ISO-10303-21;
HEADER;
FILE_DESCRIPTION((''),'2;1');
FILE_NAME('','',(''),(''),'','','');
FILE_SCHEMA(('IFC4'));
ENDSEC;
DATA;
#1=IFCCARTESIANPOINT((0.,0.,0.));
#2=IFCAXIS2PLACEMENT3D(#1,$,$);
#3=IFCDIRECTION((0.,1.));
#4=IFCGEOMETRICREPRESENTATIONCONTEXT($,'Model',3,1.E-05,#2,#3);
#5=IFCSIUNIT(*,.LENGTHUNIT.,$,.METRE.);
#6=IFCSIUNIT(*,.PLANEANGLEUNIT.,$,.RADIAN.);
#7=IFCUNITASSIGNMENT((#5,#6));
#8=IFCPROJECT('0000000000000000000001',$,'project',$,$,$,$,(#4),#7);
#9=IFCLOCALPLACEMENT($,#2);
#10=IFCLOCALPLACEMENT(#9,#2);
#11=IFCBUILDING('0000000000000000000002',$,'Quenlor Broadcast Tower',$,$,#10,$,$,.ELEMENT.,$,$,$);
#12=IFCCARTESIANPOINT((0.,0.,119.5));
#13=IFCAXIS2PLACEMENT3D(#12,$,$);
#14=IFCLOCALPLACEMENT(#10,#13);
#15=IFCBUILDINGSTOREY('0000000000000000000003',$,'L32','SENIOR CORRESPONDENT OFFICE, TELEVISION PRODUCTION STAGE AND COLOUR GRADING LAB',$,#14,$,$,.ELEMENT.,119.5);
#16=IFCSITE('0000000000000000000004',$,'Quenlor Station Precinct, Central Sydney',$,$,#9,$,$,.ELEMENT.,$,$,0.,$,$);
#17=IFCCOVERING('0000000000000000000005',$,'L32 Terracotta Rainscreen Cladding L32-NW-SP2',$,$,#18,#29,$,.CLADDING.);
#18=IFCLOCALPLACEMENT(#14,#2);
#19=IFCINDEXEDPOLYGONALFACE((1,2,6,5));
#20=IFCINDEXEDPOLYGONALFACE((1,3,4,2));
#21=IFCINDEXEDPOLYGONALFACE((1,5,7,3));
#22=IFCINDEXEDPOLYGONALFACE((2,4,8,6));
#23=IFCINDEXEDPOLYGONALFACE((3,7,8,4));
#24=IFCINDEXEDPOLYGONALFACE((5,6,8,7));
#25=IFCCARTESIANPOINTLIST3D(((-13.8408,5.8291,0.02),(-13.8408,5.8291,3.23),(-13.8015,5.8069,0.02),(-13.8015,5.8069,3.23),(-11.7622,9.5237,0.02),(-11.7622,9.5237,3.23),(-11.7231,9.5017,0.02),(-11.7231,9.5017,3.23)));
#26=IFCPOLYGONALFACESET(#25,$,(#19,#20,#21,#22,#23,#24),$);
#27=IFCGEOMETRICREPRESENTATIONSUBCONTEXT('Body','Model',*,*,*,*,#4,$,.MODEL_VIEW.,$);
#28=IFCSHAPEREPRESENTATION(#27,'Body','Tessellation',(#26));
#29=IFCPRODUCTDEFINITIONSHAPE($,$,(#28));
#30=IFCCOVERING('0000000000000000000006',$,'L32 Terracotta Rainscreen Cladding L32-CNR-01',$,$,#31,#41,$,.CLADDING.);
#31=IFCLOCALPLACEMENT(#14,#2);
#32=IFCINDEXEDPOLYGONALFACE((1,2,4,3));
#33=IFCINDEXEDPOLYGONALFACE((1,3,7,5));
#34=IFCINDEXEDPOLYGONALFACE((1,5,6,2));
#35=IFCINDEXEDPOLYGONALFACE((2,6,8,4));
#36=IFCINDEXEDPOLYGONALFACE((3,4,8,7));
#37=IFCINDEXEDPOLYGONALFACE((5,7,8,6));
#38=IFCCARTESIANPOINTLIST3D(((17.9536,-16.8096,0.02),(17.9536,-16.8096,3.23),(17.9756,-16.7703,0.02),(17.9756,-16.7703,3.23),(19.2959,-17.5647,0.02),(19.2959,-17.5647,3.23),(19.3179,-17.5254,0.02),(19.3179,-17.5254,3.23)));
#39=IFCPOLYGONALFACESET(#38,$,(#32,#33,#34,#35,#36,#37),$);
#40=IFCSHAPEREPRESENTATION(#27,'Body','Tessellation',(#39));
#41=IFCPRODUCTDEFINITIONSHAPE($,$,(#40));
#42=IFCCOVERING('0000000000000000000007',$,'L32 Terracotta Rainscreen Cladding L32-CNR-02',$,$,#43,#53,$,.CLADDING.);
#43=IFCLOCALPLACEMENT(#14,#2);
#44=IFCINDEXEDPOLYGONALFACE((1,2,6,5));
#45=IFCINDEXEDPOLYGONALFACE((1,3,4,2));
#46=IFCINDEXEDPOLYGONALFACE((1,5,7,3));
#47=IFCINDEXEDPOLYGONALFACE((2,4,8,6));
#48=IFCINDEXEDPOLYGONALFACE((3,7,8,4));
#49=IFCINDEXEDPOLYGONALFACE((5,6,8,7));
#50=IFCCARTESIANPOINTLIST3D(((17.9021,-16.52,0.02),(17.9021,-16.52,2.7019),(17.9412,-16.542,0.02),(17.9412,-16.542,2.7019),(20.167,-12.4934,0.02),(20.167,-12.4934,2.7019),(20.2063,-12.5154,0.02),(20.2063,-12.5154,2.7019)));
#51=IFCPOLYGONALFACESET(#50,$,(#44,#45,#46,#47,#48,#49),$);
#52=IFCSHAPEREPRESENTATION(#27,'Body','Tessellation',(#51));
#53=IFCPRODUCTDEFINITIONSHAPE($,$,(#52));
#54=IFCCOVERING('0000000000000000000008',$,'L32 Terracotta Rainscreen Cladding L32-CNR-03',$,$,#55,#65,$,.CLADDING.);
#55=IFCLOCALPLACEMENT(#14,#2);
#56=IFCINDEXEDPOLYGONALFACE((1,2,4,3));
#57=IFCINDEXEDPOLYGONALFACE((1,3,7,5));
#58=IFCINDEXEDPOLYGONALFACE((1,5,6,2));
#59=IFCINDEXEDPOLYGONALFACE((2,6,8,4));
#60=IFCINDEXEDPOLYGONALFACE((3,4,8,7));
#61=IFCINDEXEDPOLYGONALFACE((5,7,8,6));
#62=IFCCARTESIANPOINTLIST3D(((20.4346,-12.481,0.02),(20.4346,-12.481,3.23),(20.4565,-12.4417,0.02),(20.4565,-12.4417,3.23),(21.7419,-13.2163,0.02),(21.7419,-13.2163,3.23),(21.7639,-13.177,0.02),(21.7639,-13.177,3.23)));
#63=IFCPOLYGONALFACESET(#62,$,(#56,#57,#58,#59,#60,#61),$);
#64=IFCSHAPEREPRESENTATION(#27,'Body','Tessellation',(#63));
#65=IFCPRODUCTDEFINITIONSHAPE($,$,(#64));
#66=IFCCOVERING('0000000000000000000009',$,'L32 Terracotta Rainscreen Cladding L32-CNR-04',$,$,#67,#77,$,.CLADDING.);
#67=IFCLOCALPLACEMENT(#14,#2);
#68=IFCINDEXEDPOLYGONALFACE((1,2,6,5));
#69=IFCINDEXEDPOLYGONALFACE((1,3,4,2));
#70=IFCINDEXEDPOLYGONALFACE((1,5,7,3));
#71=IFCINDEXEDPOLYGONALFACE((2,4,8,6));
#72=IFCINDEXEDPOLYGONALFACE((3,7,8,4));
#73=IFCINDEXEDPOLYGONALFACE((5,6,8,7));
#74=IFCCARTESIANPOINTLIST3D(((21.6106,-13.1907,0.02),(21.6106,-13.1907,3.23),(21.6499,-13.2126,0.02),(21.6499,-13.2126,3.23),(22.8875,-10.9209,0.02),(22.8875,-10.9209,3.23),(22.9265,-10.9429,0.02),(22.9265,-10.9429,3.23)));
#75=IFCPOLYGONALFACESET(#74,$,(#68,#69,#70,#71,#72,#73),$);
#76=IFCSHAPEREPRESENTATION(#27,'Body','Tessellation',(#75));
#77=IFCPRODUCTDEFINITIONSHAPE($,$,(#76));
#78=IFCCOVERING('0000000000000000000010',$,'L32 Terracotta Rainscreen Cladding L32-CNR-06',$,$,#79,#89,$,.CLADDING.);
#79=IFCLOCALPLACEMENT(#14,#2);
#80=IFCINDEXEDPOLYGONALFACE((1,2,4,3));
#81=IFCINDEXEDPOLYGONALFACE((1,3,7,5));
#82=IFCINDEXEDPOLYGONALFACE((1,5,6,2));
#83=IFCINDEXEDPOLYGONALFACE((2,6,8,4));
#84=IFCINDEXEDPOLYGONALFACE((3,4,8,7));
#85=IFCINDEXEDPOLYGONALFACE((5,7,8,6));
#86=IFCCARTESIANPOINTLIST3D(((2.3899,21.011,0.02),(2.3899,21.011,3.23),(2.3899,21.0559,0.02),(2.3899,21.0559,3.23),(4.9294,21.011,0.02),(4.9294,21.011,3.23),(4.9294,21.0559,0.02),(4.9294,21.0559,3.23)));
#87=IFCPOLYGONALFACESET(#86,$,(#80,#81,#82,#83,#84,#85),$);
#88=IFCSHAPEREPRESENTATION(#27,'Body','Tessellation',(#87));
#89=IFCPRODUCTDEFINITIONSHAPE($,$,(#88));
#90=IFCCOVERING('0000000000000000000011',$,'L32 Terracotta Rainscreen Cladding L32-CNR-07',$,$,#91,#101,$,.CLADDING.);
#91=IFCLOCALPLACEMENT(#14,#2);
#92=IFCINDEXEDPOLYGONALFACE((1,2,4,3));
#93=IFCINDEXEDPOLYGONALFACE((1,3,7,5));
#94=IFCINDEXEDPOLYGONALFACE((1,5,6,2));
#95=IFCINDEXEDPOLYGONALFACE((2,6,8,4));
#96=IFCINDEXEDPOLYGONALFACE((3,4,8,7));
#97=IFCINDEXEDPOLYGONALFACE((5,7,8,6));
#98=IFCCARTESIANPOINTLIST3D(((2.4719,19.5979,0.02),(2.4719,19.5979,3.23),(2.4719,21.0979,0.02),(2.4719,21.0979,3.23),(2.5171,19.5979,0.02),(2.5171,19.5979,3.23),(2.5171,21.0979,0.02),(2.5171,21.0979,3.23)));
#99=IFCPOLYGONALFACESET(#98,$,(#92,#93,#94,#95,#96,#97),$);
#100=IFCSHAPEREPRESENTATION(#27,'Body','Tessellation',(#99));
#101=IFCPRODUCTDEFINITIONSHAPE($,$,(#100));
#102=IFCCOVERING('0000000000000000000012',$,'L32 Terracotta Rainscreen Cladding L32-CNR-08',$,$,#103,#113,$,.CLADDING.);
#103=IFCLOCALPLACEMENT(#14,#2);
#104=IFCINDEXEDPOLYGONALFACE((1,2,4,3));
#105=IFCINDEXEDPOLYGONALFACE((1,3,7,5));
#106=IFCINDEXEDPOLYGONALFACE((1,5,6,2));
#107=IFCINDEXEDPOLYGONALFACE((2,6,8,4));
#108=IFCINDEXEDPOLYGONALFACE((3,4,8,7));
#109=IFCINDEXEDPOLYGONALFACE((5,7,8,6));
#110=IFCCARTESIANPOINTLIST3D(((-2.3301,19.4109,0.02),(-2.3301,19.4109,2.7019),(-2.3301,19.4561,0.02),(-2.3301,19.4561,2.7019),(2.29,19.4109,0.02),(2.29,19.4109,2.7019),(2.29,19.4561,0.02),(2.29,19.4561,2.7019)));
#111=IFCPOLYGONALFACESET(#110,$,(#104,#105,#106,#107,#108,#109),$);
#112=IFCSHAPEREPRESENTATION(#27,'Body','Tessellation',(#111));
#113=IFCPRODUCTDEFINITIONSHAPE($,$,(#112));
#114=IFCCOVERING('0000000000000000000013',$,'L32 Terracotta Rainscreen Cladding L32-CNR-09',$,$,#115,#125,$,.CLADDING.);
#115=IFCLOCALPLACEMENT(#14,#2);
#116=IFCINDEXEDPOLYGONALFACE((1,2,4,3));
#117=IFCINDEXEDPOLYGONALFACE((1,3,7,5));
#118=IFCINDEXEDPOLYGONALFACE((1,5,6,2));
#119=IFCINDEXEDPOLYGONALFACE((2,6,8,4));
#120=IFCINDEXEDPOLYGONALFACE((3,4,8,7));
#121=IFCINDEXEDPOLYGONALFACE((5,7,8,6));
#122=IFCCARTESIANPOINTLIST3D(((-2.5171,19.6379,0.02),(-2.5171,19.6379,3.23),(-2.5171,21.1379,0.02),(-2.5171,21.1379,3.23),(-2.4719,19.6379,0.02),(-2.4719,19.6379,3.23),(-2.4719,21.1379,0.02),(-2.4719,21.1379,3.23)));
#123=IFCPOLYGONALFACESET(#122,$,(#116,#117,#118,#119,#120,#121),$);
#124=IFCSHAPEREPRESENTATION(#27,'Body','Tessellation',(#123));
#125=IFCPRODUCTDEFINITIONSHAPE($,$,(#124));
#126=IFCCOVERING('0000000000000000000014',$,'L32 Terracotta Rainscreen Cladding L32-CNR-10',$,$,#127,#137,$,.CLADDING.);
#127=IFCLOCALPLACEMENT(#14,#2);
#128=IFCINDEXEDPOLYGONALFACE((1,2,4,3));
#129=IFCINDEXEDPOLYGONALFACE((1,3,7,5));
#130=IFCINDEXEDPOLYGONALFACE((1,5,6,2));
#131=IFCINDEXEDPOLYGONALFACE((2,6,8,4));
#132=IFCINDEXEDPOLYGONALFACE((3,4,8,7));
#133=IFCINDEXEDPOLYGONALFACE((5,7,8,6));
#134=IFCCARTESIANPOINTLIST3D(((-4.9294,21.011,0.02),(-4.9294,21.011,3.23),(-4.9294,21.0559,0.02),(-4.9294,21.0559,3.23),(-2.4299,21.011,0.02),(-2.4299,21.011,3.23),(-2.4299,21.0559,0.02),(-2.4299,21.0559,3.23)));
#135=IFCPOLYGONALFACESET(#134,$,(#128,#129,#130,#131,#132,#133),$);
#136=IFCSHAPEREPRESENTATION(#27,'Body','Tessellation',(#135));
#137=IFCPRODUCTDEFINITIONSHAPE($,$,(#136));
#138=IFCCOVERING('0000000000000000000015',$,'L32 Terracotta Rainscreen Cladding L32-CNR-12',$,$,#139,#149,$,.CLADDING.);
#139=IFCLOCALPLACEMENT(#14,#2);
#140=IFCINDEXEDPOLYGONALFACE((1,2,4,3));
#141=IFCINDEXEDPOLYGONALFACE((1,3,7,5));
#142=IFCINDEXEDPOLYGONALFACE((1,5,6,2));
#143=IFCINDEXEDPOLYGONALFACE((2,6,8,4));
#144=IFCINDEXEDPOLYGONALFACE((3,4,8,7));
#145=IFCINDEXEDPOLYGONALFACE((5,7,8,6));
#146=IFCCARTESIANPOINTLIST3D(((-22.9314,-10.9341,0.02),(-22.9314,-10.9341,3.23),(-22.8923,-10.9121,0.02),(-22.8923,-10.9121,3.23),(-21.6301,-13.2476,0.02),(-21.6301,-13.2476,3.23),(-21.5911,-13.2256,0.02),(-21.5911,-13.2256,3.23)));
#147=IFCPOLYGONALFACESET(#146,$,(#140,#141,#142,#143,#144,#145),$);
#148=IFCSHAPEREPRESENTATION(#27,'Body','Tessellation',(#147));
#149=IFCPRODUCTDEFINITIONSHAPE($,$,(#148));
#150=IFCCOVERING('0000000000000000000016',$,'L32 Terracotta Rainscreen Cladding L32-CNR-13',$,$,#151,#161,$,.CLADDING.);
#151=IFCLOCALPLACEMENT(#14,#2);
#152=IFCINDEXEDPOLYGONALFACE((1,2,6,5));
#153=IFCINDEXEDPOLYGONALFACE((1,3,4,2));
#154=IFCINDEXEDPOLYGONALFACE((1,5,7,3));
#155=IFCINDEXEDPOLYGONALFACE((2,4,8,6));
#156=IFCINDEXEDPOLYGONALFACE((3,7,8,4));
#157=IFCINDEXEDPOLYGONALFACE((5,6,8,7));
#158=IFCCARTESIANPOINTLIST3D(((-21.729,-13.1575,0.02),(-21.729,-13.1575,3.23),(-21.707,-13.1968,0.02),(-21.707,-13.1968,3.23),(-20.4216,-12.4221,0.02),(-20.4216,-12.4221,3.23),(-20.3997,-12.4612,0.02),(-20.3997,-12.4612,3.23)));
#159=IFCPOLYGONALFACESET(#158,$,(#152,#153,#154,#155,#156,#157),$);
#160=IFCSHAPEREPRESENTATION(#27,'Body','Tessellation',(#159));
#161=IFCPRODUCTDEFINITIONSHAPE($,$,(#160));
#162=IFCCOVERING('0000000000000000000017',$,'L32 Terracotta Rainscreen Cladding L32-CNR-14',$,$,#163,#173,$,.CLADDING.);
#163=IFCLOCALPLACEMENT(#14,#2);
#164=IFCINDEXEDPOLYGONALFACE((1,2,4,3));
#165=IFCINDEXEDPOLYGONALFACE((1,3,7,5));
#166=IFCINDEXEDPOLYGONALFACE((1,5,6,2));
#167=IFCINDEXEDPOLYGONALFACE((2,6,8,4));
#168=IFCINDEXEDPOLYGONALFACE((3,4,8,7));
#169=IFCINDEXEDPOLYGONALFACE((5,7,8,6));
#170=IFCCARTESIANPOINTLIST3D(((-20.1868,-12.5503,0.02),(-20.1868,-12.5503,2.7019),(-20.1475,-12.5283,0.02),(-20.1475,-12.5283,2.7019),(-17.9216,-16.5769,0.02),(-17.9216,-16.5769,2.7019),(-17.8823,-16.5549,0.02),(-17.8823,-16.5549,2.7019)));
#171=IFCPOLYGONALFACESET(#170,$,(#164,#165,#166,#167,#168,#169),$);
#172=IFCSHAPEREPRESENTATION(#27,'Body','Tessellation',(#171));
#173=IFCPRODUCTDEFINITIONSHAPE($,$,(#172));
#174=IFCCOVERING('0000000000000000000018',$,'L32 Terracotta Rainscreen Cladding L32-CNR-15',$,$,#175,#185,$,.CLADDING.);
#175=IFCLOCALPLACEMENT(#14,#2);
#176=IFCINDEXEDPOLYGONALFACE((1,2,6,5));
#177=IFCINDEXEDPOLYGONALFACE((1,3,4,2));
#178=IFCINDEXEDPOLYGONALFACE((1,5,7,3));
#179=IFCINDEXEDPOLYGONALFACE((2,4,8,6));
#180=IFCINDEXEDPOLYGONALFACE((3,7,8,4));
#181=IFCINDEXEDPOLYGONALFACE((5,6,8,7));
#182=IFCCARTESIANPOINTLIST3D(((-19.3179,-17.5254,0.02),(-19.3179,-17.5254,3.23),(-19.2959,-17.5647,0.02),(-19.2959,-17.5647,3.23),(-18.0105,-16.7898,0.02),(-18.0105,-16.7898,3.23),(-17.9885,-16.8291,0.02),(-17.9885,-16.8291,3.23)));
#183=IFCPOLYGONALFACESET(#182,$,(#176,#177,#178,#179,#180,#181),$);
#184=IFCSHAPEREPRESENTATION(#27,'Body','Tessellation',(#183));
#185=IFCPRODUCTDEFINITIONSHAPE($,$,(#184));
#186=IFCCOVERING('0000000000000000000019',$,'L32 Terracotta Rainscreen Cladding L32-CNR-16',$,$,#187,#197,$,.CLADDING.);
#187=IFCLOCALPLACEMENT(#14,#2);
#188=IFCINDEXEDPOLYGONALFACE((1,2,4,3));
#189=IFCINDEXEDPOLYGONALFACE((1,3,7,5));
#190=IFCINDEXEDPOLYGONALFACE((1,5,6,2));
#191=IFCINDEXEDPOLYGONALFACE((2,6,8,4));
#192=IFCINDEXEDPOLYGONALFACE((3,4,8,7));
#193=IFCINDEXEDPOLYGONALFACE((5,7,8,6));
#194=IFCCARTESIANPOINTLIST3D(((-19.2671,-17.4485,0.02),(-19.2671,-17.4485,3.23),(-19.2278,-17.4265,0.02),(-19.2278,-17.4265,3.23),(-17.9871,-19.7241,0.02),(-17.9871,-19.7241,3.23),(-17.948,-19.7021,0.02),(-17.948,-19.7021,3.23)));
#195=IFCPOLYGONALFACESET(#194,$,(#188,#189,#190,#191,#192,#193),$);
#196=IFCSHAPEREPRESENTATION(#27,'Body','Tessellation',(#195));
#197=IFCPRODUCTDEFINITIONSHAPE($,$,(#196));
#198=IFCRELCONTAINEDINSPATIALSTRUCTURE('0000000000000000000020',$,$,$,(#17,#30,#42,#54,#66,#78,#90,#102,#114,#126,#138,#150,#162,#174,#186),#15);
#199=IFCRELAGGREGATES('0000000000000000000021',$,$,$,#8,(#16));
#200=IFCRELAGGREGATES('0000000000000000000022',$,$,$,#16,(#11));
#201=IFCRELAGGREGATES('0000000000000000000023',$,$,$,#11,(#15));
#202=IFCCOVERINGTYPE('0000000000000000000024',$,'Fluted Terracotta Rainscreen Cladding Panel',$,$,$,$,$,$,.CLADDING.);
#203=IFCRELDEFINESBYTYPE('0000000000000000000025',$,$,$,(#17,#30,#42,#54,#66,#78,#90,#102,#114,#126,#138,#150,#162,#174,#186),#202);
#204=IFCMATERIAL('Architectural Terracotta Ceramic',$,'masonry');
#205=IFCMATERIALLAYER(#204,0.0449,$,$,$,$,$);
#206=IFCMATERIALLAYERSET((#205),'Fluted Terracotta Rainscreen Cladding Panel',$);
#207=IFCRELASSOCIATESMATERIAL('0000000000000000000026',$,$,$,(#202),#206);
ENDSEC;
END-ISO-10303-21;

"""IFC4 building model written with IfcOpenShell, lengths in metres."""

from ifc_helpers import new_model, si_unit, direction, frame, origin, place, context, subcontext, project, spatial, polyline, outline, extrude, material, layer, layer_set, type_object, element, save


model = new_model("IFC4")

# Units and contexts
model_context = context("Model", 3, precision=1e-05, world=origin(), true_north=direction((0.0, 1.0)))
body_context = subcontext(model_context, "Body", "Model", "MODEL_VIEW")
ifc_project = project(units=[si_unit("LENGTHUNIT", "METRE"), si_unit("PLANEANGLEUNIT", "RADIAN")], contexts=[model_context])

# Site, building, storey
site_placement = place(None, origin())
site = spatial("IfcSite", under=ifc_project, at=site_placement, Name="Quenlor Station Precinct, Central Sydney", CompositionType="ELEMENT", RefElevation=0.0)
building_placement = place(site_placement, origin())
building = spatial("IfcBuilding", under=site, at=building_placement, Name="Quenlor Broadcast Tower", CompositionType="ELEMENT")
storey_placement = place(building_placement, frame((0.0, 0.0, 119.5)))
storey = spatial("IfcBuildingStorey", under=building, at=storey_placement, Name="L32", Description="SENIOR CORRESPONDENT OFFICE, TELEVISION PRODUCTION STAGE AND COLOUR GRADING LAB", CompositionType="ELEMENT", Elevation=119.5)

# Coverings
ifc_material_1 = material(Name="Architectural Terracotta Ceramic", Category="masonry")
ifc_layer_1 = layer(ifc_material_1, 0.0449)
ifc_layer_set_1 = layer_set([ifc_layer_1], Name="Fluted Terracotta Rainscreen Cladding Panel")
covering_type_1 = type_object("IfcCoveringType", Name="Fluted Terracotta Rainscreen Cladding Panel", PredefinedType="CLADDING", material=ifc_layer_set_1)
covering_1_placement = place(storey_placement, frame((0.0, 0.0, 0.02)))
element("IfcCovering", 1, at=covering_1_placement, inside=storey, type_object=covering_type_1, Name="L32 Terracotta Rainscreen Cladding L32-NW-SP2", PredefinedType="CLADDING", context=body_context, shape_type="SweptSolid", body=[
    extrude(outline(polyline([(-13.8015, 5.8069), (-11.7231, 9.5017), (-11.7622, 9.5237), (-13.8408, 5.8291), (-13.8015, 5.8069)])), origin(), (0.0, 0.0, 1.0), 3.21),
])
covering_2_placement = place(storey_placement, frame((0.0, 0.0, 0.02)))
element("IfcCovering", 2, at=covering_2_placement, inside=storey, type_object=covering_type_1, Name="L32 Terracotta Rainscreen Cladding L32-CNR-01", PredefinedType="CLADDING", context=body_context, shape_type="SweptSolid", body=[
    extrude(outline(polyline([(19.3179, -17.5254), (17.9756, -16.7703), (17.9536, -16.8096), (19.2959, -17.5647), (19.3179, -17.5254)])), origin(), (0.0, 0.0, 1.0), 3.21),
])
covering_3_placement = place(storey_placement, frame((0.0, 0.0, 0.02)))
element("IfcCovering", 3, at=covering_3_placement, inside=storey, type_object=covering_type_1, Name="L32 Terracotta Rainscreen Cladding L32-CNR-02", PredefinedType="CLADDING", context=body_context, shape_type="SweptSolid", body=[
    extrude(outline(polyline([(17.9412, -16.542), (20.2063, -12.5154), (20.167, -12.4934), (17.9021, -16.52), (17.9412, -16.542)])), origin(), (0.0, 0.0, 1.0), 2.6819),
])
covering_4_placement = place(storey_placement, frame((0.0, 0.0, 0.02)))
element("IfcCovering", 4, at=covering_4_placement, inside=storey, type_object=covering_type_1, Name="L32 Terracotta Rainscreen Cladding L32-CNR-03", PredefinedType="CLADDING", context=body_context, shape_type="SweptSolid", body=[
    extrude(outline(polyline([(20.4346, -12.481), (21.7419, -13.2163), (21.7639, -13.177), (20.4565, -12.4417), (20.4346, -12.481)])), origin(), (0.0, 0.0, 1.0), 3.21),
])
covering_5_placement = place(storey_placement, frame((0.0, 0.0, 0.02)))
element("IfcCovering", 5, at=covering_5_placement, inside=storey, type_object=covering_type_1, Name="L32 Terracotta Rainscreen Cladding L32-CNR-04", PredefinedType="CLADDING", context=body_context, shape_type="SweptSolid", body=[
    extrude(outline(polyline([(21.6499, -13.2126), (22.9265, -10.9429), (22.8875, -10.9209), (21.6106, -13.1907), (21.6499, -13.2126)])), origin(), (0.0, 0.0, 1.0), 3.21),
])
covering_6_placement = place(storey_placement, frame((0.0, 0.0, 0.02)))
element("IfcCovering", 6, at=covering_6_placement, inside=storey, type_object=covering_type_1, Name="L32 Terracotta Rainscreen Cladding L32-CNR-06", PredefinedType="CLADDING", context=body_context, shape_type="SweptSolid", body=[
    extrude(outline(polyline([(4.9294, 21.0559), (2.3899, 21.0559), (2.3899, 21.011), (4.9294, 21.011), (4.9294, 21.0559)])), origin(), (0.0, 0.0, 1.0), 3.21),
])
covering_7_placement = place(storey_placement, frame((0.0, 0.0, 0.02)))
element("IfcCovering", 7, at=covering_7_placement, inside=storey, type_object=covering_type_1, Name="L32 Terracotta Rainscreen Cladding L32-CNR-07", PredefinedType="CLADDING", context=body_context, shape_type="SweptSolid", body=[
    extrude(outline(polyline([(2.4719, 21.0979), (2.4719, 19.5979), (2.5171, 19.5979), (2.5171, 21.0979), (2.4719, 21.0979)])), origin(), (0.0, 0.0, 1.0), 3.21),
])
covering_8_placement = place(storey_placement, frame((0.0, 0.0, 0.02)))
element("IfcCovering", 8, at=covering_8_placement, inside=storey, type_object=covering_type_1, Name="L32 Terracotta Rainscreen Cladding L32-CNR-08", PredefinedType="CLADDING", context=body_context, shape_type="SweptSolid", body=[
    extrude(outline(polyline([(2.29, 19.4561), (-2.3301, 19.4561), (-2.3301, 19.4109), (2.29, 19.4109), (2.29, 19.4561)])), origin(), (0.0, 0.0, 1.0), 2.6819),
])
covering_9_placement = place(storey_placement, frame((0.0, 0.0, 0.02)))
element("IfcCovering", 9, at=covering_9_placement, inside=storey, type_object=covering_type_1, Name="L32 Terracotta Rainscreen Cladding L32-CNR-09", PredefinedType="CLADDING", context=body_context, shape_type="SweptSolid", body=[
    extrude(outline(polyline([(-2.4719, 19.6379), (-2.4719, 21.1379), (-2.5171, 21.1379), (-2.5171, 19.6379), (-2.4719, 19.6379)])), origin(), (0.0, 0.0, 1.0), 3.21),
])
covering_10_placement = place(storey_placement, frame((0.0, 0.0, 0.02)))
element("IfcCovering", 10, at=covering_10_placement, inside=storey, type_object=covering_type_1, Name="L32 Terracotta Rainscreen Cladding L32-CNR-10", PredefinedType="CLADDING", context=body_context, shape_type="SweptSolid", body=[
    extrude(outline(polyline([(-2.4299, 21.0559), (-4.9294, 21.0559), (-4.9294, 21.011), (-2.4299, 21.011), (-2.4299, 21.0559)])), origin(), (0.0, 0.0, 1.0), 3.21),
])
covering_11_placement = place(storey_placement, frame((0.0, 0.0, 0.02)))
element("IfcCovering", 11, at=covering_11_placement, inside=storey, type_object=covering_type_1, Name="L32 Terracotta Rainscreen Cladding L32-CNR-12", PredefinedType="CLADDING", context=body_context, shape_type="SweptSolid", body=[
    extrude(outline(polyline([(-22.9314, -10.9341), (-21.6301, -13.2476), (-21.5911, -13.2256), (-22.8923, -10.9121), (-22.9314, -10.9341)])), origin(), (0.0, 0.0, 1.0), 3.21),
])
covering_12_placement = place(storey_placement, frame((0.0, 0.0, 0.02)))
element("IfcCovering", 12, at=covering_12_placement, inside=storey, type_object=covering_type_1, Name="L32 Terracotta Rainscreen Cladding L32-CNR-13", PredefinedType="CLADDING", context=body_context, shape_type="SweptSolid", body=[
    extrude(outline(polyline([(-21.707, -13.1968), (-20.3997, -12.4612), (-20.4216, -12.4221), (-21.729, -13.1575), (-21.707, -13.1968)])), origin(), (0.0, 0.0, 1.0), 3.21),
])
covering_13_placement = place(storey_placement, frame((0.0, 0.0, 0.02)))
element("IfcCovering", 13, at=covering_13_placement, inside=storey, type_object=covering_type_1, Name="L32 Terracotta Rainscreen Cladding L32-CNR-14", PredefinedType="CLADDING", context=body_context, shape_type="SweptSolid", body=[
    extrude(outline(polyline([(-20.1868, -12.5503), (-17.9216, -16.5769), (-17.8823, -16.5549), (-20.1475, -12.5283), (-20.1868, -12.5503)])), origin(), (0.0, 0.0, 1.0), 2.6819),
])
covering_14_placement = place(storey_placement, frame((0.0, 0.0, 0.02)))
element("IfcCovering", 14, at=covering_14_placement, inside=storey, type_object=covering_type_1, Name="L32 Terracotta Rainscreen Cladding L32-CNR-15", PredefinedType="CLADDING", context=body_context, shape_type="SweptSolid", body=[
    extrude(outline(polyline([(-18.0105, -16.7898), (-19.3179, -17.5254), (-19.2959, -17.5647), (-17.9885, -16.8291), (-18.0105, -16.7898)])), origin(), (0.0, 0.0, 1.0), 3.21),
])
covering_15_placement = place(storey_placement, frame((0.0, 0.0, 0.02)))
element("IfcCovering", 15, at=covering_15_placement, inside=storey, type_object=covering_type_1, Name="L32 Terracotta Rainscreen Cladding L32-CNR-16", PredefinedType="CLADDING", context=body_context, shape_type="SweptSolid", body=[
    extrude(outline(polyline([(-19.2671, -17.4485), (-17.9871, -19.7241), (-17.948, -19.7021), (-19.2278, -17.4265), (-19.2671, -17.4485)])), origin(), (0.0, 0.0, 1.0), 3.21),
])

save(model, "model.ifc")
